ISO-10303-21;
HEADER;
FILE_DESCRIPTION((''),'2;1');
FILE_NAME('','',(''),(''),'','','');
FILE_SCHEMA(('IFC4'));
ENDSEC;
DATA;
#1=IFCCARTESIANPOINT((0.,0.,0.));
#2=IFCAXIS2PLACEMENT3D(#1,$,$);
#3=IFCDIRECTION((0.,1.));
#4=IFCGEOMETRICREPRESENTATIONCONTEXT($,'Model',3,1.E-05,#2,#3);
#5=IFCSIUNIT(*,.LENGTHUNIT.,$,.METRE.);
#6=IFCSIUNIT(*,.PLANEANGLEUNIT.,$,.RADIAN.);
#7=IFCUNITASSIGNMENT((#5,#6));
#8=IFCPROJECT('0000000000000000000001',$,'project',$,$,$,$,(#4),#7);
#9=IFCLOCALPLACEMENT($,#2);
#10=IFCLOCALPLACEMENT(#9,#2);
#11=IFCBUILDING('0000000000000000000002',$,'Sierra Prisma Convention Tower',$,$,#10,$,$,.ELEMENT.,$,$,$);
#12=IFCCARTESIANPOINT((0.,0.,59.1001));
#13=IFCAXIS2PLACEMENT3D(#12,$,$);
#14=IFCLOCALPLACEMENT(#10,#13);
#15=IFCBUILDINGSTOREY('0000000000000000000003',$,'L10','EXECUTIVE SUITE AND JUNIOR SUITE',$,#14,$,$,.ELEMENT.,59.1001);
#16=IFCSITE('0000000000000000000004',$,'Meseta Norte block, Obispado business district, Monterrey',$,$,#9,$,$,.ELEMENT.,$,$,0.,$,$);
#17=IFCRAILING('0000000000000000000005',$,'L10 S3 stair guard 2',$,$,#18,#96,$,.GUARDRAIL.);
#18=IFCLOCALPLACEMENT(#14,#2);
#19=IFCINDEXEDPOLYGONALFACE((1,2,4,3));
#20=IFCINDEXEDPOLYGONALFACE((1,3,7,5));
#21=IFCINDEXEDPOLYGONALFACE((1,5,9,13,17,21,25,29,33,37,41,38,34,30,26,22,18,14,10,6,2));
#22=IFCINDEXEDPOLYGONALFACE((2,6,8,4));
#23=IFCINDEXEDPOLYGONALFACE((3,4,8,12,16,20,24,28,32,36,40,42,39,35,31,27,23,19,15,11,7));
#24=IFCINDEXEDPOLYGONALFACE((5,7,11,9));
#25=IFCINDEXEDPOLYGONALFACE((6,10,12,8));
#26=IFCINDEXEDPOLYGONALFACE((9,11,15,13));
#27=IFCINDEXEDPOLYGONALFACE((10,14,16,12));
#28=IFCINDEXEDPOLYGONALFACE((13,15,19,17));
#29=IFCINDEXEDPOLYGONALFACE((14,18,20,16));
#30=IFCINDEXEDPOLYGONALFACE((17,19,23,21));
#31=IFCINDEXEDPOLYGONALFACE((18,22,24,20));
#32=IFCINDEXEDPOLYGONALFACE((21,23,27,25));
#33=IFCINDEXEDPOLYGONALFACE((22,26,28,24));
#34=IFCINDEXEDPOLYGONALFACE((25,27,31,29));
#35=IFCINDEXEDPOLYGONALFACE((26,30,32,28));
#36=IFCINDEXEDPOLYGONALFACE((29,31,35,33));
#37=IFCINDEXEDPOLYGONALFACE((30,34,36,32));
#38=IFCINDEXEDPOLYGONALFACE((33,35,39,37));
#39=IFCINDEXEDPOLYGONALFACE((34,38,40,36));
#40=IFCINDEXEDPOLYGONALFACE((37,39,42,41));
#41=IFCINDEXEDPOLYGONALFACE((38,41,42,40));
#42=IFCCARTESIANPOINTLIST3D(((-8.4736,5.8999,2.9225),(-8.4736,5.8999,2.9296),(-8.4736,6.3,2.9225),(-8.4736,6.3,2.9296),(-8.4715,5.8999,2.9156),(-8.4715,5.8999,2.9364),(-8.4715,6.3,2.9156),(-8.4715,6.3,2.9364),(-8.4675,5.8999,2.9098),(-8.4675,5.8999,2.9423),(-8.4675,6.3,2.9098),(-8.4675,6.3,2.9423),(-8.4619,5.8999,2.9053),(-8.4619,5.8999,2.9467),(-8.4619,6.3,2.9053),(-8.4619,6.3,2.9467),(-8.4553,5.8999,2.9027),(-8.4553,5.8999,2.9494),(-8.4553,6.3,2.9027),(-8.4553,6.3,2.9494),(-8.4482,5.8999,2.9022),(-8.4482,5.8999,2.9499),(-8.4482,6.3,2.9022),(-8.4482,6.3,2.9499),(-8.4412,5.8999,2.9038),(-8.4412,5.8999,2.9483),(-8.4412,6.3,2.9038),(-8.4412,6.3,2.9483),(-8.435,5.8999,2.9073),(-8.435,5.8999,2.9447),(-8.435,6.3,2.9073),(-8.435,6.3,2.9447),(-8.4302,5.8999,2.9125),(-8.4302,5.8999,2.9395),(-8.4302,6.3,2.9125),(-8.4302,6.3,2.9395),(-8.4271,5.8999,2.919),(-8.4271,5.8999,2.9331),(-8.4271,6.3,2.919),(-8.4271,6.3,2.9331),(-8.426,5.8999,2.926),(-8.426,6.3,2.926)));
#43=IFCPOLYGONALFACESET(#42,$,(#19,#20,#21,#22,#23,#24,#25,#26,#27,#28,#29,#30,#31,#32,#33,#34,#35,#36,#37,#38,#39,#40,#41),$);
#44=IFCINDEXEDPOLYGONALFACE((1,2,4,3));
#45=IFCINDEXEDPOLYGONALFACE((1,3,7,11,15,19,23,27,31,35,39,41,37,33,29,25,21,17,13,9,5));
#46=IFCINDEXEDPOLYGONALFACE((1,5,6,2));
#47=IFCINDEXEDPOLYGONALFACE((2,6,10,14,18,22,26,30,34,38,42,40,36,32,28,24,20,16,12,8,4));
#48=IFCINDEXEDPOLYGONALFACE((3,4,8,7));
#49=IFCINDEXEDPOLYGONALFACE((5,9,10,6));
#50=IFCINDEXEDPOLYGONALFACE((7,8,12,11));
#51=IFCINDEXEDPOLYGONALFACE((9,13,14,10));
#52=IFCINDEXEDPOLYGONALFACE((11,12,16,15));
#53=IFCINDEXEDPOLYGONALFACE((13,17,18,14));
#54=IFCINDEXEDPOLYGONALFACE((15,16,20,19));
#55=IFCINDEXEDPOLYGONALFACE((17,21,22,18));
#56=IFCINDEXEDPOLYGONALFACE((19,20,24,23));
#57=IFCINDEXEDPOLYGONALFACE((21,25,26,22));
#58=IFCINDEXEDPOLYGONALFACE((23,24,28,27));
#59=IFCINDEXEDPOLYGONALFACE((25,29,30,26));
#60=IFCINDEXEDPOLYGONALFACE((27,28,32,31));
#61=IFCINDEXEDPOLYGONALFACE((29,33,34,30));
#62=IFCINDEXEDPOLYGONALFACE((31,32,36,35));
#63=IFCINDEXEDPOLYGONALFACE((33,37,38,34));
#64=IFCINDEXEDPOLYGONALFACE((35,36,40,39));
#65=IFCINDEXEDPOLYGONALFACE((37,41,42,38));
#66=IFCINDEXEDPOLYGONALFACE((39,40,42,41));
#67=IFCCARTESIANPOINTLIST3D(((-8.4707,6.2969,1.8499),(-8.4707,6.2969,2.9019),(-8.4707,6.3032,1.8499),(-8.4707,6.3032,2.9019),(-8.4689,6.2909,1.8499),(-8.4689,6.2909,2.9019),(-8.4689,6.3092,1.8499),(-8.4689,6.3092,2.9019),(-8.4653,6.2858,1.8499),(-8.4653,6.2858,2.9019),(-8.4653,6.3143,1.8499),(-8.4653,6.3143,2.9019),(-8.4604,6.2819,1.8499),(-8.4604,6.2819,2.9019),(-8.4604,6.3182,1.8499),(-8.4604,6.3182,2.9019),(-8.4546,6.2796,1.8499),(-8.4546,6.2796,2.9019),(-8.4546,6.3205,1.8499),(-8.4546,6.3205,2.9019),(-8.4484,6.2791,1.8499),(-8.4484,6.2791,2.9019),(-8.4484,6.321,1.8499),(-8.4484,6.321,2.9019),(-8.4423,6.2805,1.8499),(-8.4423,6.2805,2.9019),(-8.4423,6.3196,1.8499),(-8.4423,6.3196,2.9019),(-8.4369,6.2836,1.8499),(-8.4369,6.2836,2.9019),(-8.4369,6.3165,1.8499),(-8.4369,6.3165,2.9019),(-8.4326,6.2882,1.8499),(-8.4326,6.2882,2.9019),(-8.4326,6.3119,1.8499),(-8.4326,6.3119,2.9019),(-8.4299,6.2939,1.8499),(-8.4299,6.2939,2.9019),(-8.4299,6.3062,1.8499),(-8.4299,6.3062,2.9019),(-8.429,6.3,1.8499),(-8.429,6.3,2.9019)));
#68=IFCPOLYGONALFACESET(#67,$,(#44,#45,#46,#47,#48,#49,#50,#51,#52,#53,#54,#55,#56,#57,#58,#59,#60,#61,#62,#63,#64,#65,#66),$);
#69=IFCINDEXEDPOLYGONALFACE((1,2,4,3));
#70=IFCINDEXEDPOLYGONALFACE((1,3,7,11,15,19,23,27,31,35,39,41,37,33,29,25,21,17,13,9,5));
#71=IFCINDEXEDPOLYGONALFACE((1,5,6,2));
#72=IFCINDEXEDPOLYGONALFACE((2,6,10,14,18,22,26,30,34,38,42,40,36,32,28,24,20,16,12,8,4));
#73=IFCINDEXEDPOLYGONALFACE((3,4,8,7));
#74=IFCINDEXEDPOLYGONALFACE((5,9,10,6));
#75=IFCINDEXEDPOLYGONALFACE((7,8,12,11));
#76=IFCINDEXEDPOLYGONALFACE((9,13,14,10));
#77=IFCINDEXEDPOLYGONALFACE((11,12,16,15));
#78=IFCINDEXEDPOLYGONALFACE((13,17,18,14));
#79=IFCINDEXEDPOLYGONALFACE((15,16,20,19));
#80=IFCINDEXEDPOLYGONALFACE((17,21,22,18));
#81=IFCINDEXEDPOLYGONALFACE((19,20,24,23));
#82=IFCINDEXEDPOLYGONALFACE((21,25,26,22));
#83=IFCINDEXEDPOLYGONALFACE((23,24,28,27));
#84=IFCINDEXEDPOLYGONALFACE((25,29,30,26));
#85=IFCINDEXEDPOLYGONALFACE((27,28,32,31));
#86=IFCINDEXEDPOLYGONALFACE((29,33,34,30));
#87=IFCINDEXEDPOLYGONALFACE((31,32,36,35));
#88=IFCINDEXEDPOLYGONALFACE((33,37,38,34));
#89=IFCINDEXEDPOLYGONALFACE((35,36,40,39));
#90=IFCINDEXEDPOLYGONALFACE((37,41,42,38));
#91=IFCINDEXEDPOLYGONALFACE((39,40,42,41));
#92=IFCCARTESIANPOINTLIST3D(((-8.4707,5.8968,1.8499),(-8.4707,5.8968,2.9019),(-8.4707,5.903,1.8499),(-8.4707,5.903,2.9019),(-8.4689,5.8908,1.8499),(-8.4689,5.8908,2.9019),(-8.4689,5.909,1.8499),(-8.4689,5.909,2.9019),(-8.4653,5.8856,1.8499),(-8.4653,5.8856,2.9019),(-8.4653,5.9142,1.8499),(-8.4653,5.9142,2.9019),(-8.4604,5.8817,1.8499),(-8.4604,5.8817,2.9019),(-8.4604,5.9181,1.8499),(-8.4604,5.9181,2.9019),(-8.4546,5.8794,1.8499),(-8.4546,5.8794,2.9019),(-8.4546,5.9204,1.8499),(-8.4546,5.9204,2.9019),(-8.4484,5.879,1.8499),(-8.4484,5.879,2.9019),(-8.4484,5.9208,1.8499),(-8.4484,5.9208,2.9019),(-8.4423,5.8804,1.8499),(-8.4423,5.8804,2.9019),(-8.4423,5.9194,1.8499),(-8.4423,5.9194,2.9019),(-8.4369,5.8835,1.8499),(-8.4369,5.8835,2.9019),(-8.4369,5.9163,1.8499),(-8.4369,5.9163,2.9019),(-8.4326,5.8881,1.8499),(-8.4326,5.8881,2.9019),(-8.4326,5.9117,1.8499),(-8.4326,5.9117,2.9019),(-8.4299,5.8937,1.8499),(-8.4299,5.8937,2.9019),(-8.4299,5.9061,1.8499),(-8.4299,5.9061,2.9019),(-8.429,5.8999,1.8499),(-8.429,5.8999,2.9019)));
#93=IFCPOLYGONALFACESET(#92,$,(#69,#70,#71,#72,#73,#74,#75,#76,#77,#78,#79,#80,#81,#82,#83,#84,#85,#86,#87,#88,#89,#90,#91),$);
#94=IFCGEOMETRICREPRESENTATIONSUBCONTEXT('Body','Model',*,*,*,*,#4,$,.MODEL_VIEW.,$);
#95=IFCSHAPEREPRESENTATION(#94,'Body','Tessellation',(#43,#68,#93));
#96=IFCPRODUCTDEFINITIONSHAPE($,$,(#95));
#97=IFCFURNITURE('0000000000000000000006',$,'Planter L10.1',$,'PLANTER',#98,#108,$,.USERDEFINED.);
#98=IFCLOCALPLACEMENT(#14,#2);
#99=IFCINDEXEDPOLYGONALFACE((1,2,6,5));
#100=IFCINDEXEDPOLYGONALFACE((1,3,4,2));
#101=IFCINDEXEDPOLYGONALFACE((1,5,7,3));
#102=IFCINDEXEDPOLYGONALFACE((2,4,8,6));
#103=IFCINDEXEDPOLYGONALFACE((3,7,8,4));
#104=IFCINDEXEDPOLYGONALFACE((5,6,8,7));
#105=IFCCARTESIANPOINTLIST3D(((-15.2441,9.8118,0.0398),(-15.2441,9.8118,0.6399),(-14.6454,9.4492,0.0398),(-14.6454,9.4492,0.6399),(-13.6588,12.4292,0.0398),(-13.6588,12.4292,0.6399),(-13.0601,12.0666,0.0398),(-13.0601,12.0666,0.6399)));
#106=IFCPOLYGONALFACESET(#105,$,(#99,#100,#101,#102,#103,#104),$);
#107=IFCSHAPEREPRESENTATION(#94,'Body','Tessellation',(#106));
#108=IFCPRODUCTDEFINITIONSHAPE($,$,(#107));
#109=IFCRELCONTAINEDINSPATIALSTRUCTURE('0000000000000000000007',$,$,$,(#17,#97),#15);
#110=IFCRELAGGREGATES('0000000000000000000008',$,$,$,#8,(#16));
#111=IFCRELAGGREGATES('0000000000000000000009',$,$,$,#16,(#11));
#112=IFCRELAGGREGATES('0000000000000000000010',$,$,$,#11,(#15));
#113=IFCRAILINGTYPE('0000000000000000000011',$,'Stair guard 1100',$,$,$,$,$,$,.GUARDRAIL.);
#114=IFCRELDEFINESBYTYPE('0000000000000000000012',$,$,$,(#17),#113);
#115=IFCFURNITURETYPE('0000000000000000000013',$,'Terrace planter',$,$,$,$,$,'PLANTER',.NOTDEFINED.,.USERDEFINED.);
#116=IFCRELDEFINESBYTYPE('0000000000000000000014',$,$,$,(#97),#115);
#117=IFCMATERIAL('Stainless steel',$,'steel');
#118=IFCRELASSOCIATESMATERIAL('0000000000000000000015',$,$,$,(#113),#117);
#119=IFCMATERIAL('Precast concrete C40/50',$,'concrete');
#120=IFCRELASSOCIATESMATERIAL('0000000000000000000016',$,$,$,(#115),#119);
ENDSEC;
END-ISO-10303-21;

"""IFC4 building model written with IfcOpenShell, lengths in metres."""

from ifc_helpers import new_model, si_unit, direction, frame, origin, origin_2d, place, context, subcontext, project, spatial, rectangle, circle, extrude, material, type_object, element, save


model = new_model("IFC4")

# Units and contexts
model_context = context("Model", 3, precision=1e-05, world=origin(), true_north=direction((0.0, 1.0)))
body_context = subcontext(model_context, "Body", "Model", "MODEL_VIEW")
ifc_project = project(units=[si_unit("LENGTHUNIT", "METRE"), si_unit("PLANEANGLEUNIT", "RADIAN")], contexts=[model_context])

# Site, building, storey
site_placement = place(None, origin())
site = spatial("IfcSite", under=ifc_project, at=site_placement, Name="Meseta Norte block, Obispado business district, Monterrey", CompositionType="ELEMENT", RefElevation=0.0)
building_placement = place(site_placement, origin())
building = spatial("IfcBuilding", under=site, at=building_placement, Name="Sierra Prisma Convention Tower", CompositionType="ELEMENT")
storey_placement = place(building_placement, frame((0.0, 0.0, 59.1001)))
storey = spatial("IfcBuildingStorey", under=building, at=storey_placement, Name="L10", Description="EXECUTIVE SUITE AND JUNIOR SUITE", CompositionType="ELEMENT", Elevation=59.1001)

# Railing
ifc_material_1 = material(Name="Stainless steel", Category="steel")
railing_type = type_object("IfcRailingType", Name="Stair guard 1100", PredefinedType="GUARDRAIL", material=ifc_material_1)
railing_placement = place(storey_placement, frame((-8.45, 6.3, 1.8499)))
element("IfcRailing", 1, at=railing_placement, inside=storey, type_object=railing_type, Name="L10 S3 stair guard 2", PredefinedType="GUARDRAIL", context=body_context, shape_type="SweptSolid", body=[
    extrude(circle(Radius=0.0239, at=origin_2d()), frame((0.0, 0.0, 1.0762), z_axis=(0.0, -1.0, 0.0), x_axis=(1.0, 0.0, 0.0)), (0.0, 0.0, 1.0), 0.4001),
    extrude(circle(Radius=0.021, at=origin_2d()), origin(), (0.0, 0.0, 1.0), 1.052),
    extrude(circle(Radius=0.021, at=origin_2d()), frame((0.0, -0.4001, 0.0)), (0.0, 0.0, 1.0), 1.052),
])

# Furniture
ifc_material_2 = material(Name="Precast concrete C40/50", Category="concrete")
furniture_type = type_object("IfcFurnitureType", Name="Terrace planter", ElementType="PLANTER", AssemblyPlace="NOTDEFINED", PredefinedType="USERDEFINED", material=ifc_material_2)
furniture_placement = place(storey_placement, frame((-14.1521, 10.9392, 0.0398), z_axis=(0.0, 0.0, 1.0), x_axis=(-0.518035, -0.855359, 0.0)))
element("IfcFurniture", 2, at=furniture_placement, inside=storey, type_object=furniture_type, Name="Planter L10.1", ObjectType="PLANTER", PredefinedType="USERDEFINED", context=body_context, shape_type="SweptSolid", body=[
    extrude(rectangle(XDim=3.0601, YDim=0.7, at=origin_2d()), origin(), (0.0, 0.0, 1.0), 0.6001),
])

save(model, "model.ifc")
